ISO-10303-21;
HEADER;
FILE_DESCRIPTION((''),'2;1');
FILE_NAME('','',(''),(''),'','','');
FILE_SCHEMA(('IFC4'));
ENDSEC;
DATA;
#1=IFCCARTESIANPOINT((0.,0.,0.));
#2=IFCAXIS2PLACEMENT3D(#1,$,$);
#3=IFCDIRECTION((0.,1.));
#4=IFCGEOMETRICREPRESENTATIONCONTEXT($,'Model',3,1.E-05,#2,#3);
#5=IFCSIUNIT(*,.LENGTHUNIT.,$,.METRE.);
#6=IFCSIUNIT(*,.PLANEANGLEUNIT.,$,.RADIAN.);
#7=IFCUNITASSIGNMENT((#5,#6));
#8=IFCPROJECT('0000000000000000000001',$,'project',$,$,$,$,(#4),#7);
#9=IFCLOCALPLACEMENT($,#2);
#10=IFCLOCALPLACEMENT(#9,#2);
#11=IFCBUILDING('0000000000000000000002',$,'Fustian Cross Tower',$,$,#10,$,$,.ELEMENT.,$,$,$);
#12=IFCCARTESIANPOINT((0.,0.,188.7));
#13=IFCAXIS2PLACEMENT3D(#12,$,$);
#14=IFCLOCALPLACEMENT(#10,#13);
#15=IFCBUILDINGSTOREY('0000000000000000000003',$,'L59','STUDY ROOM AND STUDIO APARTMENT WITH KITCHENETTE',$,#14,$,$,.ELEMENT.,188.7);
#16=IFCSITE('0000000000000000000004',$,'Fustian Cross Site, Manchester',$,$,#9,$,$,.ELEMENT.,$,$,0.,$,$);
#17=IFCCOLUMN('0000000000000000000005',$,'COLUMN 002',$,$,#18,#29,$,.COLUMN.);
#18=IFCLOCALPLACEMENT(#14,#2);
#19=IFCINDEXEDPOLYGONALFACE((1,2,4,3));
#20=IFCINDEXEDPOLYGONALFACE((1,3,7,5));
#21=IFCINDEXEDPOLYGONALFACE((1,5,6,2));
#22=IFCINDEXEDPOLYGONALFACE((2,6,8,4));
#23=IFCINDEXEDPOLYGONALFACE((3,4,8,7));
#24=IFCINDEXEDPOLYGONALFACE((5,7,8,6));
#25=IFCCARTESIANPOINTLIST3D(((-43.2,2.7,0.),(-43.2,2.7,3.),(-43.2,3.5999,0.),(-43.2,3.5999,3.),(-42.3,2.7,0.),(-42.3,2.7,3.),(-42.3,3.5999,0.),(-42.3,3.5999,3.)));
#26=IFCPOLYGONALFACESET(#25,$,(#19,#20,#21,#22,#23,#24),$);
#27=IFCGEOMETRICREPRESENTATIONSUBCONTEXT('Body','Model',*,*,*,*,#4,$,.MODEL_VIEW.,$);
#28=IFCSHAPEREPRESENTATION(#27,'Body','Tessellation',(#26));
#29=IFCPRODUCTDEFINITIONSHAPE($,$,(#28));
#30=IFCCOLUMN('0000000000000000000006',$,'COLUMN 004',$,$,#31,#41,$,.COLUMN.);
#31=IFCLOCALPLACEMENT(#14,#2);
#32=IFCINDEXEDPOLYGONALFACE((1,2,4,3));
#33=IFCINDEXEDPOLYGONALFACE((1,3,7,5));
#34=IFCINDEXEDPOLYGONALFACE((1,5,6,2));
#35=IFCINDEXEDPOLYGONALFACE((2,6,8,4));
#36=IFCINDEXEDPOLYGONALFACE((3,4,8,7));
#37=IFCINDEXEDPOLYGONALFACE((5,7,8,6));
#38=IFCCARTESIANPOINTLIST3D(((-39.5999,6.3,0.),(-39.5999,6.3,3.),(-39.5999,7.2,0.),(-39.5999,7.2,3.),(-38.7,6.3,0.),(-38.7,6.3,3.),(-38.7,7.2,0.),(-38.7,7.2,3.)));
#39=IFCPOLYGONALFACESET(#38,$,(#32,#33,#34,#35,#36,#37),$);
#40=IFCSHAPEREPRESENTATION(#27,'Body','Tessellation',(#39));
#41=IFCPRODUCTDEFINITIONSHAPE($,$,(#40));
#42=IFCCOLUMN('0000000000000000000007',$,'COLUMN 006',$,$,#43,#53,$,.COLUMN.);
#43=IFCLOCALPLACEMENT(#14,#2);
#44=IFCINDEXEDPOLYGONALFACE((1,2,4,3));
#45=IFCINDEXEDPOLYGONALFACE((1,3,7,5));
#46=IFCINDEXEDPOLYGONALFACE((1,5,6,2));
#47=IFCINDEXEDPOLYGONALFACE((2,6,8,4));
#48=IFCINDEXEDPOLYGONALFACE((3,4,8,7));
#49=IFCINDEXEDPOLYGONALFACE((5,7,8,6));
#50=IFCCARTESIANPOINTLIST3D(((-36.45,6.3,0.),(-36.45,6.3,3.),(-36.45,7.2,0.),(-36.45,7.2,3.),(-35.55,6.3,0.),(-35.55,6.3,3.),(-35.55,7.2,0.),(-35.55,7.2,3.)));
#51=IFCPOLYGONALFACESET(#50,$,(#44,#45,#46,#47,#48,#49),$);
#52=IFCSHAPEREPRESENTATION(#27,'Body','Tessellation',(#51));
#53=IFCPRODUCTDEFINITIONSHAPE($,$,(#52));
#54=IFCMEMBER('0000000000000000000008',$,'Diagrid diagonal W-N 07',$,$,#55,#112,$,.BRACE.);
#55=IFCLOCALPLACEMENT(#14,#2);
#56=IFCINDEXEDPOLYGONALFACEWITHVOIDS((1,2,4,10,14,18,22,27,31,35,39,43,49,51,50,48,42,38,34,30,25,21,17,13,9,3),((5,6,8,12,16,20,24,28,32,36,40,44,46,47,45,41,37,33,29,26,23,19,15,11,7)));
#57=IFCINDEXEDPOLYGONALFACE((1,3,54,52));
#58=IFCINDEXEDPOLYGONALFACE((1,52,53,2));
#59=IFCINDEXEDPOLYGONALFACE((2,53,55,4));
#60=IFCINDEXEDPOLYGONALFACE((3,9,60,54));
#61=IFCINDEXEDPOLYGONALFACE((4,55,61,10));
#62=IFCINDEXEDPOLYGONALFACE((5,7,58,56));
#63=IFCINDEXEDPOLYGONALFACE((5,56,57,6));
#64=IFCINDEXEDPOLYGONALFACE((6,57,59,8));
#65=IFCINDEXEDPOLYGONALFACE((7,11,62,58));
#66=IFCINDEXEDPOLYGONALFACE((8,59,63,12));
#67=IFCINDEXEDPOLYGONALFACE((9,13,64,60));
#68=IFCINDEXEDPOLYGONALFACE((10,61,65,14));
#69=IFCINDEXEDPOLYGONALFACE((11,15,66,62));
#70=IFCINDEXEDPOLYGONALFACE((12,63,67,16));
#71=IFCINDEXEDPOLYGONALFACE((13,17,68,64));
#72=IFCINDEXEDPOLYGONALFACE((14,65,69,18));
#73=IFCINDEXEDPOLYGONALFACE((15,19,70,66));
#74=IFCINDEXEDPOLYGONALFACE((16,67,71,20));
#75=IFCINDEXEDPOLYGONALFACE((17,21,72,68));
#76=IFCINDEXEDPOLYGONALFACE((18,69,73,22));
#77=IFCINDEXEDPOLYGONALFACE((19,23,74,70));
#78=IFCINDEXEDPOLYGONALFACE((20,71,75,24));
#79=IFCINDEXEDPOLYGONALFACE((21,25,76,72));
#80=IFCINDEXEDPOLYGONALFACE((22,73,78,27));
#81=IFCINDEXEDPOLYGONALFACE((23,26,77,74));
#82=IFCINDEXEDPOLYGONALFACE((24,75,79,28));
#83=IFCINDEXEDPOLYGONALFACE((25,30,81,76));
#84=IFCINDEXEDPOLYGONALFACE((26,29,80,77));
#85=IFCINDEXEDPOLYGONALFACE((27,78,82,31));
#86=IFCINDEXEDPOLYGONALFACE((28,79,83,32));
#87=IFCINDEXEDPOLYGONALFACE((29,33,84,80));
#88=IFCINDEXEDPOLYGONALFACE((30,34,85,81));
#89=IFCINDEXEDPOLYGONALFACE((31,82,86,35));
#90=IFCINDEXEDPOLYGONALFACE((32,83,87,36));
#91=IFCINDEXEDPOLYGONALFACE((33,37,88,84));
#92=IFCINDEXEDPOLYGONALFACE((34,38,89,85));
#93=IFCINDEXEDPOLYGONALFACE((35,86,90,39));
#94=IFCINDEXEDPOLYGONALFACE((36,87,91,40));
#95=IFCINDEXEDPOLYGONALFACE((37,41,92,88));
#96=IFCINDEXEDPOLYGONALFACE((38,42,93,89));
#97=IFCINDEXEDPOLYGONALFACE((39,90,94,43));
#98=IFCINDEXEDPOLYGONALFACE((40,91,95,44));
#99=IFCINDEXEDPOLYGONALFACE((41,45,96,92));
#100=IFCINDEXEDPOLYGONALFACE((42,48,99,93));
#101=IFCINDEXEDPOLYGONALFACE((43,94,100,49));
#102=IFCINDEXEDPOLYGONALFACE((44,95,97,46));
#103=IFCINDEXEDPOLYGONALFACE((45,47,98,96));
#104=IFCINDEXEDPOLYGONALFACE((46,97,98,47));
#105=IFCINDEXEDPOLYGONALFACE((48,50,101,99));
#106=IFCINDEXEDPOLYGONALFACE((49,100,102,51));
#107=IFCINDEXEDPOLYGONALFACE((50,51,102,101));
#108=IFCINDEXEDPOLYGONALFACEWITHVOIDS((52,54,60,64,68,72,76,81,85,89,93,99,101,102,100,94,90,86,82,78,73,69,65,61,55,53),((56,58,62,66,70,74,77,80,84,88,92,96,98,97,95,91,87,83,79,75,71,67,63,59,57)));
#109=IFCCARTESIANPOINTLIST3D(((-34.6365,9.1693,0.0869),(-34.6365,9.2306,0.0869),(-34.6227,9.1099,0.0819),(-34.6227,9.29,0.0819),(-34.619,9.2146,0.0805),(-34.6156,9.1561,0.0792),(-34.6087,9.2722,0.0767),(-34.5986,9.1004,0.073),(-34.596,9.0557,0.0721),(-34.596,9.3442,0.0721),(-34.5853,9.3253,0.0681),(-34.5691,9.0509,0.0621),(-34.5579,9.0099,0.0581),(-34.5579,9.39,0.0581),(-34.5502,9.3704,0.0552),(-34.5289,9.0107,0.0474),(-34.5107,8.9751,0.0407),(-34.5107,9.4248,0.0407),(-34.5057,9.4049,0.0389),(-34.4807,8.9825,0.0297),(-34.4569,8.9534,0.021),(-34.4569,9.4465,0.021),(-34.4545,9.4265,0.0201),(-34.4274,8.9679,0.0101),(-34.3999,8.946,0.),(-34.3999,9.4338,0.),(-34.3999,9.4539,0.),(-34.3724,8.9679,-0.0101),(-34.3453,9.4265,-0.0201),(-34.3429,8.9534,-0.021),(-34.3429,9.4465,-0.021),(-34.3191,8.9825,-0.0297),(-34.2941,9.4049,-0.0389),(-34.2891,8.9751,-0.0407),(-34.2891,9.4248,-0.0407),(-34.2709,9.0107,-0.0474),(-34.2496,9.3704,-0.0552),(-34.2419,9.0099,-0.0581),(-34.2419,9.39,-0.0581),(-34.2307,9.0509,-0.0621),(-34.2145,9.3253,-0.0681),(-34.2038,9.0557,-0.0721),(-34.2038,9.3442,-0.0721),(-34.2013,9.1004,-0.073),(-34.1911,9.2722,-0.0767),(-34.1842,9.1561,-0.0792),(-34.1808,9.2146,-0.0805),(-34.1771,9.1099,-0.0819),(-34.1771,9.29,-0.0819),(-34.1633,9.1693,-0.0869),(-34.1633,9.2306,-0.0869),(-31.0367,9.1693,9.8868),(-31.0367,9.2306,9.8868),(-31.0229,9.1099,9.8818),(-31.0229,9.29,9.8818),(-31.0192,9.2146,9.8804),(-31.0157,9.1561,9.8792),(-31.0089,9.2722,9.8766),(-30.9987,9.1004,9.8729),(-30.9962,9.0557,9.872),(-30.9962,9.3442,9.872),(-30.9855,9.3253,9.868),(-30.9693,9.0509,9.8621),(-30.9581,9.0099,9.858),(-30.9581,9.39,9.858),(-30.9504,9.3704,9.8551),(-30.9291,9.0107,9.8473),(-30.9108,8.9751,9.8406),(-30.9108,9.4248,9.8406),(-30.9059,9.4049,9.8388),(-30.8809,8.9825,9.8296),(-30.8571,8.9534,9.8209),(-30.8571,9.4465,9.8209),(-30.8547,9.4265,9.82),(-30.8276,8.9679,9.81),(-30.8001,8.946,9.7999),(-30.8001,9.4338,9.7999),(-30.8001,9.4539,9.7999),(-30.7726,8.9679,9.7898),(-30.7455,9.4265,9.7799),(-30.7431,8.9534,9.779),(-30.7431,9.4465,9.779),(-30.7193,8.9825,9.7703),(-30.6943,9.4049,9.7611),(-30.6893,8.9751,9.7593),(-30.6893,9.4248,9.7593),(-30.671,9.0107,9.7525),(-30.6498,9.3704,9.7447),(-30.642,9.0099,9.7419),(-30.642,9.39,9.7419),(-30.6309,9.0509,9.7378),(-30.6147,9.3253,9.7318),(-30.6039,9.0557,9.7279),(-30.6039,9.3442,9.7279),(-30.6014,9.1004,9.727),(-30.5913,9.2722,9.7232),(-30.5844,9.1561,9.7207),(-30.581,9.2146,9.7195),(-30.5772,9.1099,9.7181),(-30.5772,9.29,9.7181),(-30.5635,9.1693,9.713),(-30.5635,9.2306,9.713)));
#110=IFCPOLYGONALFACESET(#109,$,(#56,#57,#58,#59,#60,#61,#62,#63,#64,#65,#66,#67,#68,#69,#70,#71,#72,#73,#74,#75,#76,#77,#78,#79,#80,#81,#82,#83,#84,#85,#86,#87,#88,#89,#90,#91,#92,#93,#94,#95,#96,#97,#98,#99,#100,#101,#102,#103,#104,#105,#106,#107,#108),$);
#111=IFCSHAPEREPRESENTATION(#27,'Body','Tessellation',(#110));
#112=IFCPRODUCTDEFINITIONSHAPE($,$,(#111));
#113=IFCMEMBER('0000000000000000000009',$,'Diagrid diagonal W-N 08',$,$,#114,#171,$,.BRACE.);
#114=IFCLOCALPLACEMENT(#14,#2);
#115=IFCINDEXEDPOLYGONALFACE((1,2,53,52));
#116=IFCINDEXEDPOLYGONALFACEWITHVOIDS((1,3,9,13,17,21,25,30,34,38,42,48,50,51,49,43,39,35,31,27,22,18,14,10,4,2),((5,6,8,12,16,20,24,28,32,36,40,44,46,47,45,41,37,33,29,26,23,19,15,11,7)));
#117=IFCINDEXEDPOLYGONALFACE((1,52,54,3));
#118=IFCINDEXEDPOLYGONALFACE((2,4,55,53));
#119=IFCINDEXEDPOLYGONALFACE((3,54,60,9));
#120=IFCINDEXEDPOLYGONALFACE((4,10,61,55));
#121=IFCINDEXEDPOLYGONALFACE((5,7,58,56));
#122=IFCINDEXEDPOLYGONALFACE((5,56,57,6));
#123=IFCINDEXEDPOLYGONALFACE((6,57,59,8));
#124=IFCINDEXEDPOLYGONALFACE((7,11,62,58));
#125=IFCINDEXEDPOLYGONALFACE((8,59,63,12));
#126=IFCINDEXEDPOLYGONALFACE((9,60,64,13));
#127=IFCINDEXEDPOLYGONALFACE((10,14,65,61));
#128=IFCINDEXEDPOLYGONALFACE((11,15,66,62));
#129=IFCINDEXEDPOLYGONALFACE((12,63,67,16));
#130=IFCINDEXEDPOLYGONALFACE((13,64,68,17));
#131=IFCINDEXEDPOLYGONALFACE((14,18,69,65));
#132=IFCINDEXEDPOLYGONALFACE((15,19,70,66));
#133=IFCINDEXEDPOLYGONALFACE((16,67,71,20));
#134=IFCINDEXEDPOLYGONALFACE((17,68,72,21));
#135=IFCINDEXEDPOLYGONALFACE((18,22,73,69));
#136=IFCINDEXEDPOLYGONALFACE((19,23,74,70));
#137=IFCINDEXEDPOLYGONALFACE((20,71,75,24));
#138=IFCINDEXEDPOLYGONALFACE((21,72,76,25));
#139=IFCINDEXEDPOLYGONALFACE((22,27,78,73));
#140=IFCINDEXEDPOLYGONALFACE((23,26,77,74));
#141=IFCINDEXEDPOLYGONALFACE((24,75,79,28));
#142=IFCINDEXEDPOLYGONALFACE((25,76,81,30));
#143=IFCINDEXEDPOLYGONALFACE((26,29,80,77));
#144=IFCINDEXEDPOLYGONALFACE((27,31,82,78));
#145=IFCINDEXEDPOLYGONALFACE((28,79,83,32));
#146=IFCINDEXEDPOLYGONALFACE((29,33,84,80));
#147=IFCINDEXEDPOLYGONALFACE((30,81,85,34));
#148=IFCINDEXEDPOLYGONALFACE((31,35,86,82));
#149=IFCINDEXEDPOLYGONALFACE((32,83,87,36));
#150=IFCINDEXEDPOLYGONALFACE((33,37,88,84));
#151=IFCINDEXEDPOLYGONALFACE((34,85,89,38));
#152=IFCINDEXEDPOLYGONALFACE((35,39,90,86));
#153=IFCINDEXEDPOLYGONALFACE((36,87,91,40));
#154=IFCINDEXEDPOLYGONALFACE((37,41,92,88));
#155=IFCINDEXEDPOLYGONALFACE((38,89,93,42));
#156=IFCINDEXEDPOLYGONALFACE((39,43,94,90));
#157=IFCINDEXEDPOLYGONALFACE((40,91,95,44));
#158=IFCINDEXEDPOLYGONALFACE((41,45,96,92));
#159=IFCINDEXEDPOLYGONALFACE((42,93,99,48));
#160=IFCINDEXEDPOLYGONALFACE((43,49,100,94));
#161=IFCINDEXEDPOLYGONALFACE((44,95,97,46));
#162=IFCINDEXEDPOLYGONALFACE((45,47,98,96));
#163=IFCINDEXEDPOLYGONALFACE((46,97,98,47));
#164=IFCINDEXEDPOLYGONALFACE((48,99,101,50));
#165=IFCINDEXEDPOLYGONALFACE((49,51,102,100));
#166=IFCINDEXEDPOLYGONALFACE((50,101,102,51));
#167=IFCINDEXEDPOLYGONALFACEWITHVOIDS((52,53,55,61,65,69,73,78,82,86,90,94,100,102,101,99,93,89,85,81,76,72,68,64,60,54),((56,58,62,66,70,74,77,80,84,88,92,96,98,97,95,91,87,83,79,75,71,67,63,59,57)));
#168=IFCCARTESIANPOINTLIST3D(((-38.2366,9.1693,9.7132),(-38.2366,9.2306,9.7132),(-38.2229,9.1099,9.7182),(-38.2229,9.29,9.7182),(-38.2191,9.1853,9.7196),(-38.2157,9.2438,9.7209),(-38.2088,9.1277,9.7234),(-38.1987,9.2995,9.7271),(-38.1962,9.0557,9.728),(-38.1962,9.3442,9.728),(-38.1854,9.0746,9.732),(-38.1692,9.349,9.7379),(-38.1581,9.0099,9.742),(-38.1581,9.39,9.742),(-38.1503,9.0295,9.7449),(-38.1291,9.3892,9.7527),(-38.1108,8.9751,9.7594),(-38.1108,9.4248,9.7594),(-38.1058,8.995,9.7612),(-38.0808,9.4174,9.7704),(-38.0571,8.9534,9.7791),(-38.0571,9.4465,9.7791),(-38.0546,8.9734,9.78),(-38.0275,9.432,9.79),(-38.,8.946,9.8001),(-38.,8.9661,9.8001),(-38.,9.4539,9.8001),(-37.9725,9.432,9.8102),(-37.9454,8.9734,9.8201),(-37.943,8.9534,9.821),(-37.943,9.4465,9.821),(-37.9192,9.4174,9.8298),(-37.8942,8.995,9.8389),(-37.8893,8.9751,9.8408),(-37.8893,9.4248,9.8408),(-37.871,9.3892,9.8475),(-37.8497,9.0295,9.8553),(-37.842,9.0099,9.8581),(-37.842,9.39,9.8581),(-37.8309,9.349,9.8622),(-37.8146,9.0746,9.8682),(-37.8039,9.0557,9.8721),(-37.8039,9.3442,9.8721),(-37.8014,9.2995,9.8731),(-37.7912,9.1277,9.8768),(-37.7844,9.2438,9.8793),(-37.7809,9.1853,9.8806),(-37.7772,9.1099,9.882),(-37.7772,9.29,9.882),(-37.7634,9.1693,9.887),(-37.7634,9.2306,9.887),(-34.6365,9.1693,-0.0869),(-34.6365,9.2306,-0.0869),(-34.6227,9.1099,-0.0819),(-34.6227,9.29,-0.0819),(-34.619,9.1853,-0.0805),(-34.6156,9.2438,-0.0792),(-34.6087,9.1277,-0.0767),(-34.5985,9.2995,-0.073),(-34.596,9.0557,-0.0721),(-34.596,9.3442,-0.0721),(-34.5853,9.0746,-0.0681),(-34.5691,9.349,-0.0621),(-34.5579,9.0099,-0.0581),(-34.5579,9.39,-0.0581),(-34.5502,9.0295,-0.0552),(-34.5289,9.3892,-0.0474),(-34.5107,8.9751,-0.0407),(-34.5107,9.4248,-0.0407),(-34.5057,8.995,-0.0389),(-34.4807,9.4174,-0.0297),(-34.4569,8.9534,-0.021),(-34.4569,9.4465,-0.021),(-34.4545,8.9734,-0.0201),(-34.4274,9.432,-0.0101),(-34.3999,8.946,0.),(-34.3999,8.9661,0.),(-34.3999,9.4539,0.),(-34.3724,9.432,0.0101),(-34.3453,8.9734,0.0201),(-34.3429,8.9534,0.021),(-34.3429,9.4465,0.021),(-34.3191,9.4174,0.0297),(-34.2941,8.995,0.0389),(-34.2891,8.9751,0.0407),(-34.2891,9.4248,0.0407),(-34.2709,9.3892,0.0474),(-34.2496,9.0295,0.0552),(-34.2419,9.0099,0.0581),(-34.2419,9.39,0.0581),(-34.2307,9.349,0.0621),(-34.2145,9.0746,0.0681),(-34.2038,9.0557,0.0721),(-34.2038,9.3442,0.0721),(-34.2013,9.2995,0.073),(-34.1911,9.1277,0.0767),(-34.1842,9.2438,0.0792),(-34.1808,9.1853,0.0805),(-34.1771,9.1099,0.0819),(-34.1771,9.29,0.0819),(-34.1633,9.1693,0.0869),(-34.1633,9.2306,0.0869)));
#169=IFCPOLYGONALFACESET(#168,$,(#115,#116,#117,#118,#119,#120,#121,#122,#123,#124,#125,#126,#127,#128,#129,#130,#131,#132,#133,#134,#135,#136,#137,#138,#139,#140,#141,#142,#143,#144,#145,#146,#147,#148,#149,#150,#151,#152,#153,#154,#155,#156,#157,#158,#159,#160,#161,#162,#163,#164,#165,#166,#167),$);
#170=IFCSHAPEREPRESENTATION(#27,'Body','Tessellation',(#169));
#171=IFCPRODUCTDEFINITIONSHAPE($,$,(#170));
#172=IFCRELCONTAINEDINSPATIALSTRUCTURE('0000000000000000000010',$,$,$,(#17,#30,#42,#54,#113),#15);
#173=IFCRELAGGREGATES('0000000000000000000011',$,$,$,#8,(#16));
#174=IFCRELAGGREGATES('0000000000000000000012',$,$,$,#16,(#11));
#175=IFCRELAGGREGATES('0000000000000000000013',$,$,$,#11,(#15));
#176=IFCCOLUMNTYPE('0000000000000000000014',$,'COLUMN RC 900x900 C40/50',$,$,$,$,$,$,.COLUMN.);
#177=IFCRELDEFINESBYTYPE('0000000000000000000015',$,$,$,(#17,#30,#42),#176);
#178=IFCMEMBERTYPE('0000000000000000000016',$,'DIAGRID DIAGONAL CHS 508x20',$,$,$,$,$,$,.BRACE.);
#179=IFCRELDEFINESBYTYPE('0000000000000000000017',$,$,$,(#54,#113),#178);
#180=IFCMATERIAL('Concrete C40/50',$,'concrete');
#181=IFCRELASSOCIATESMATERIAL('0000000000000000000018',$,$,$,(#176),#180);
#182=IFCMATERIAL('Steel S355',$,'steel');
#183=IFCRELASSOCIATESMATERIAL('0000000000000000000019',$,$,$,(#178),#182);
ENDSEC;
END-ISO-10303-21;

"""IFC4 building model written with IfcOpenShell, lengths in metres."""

from ifc_helpers import new_model, si_unit, direction, frame, origin, origin_2d, place, context, subcontext, project, spatial, rectangle, hollow_circle, extrude, material, material_profile, profile_set, type_object, element, save


model = new_model("IFC4")

# Units and contexts
model_context = context("Model", 3, precision=1e-05, world=origin(), true_north=direction((0.0, 1.0)))
body_context = subcontext(model_context, "Body", "Model", "MODEL_VIEW")
ifc_project = project(units=[si_unit("LENGTHUNIT", "METRE"), si_unit("PLANEANGLEUNIT", "RADIAN")], contexts=[model_context])

# Site, building, storey
site_placement = place(None, origin())
site = spatial("IfcSite", under=ifc_project, at=site_placement, Name="Fustian Cross Site, Manchester", CompositionType="ELEMENT", RefElevation=0.0)
building_placement = place(site_placement, origin())
building = spatial("IfcBuilding", under=site, at=building_placement, Name="Fustian Cross Tower", CompositionType="ELEMENT")
storey_placement = place(building_placement, frame((0.0, 0.0, 188.7)))
storey = spatial("IfcBuildingStorey", under=building, at=storey_placement, Name="L59", Description="STUDY ROOM AND STUDIO APARTMENT WITH KITCHENETTE", CompositionType="ELEMENT", Elevation=188.7)

# Columns
ifc_material_1 = material(Name="Concrete C40/50", Category="concrete")
ifc_material_profile_1 = material_profile(ifc_material_1, rectangle(XDim=0.8999, YDim=0.8999, at=origin_2d()), Name="RC 900x900")
ifc_profile_set_1 = profile_set([ifc_material_profile_1], Name="Concrete C40/50")
column_type = type_object("IfcColumnType", Name="COLUMN RC 900x900 C40/50", PredefinedType="COLUMN", material=ifc_profile_set_1)
for number, where, z_axis, x_axis, name in (
    (1, (-42.75, 3.1499, 0.0), (0.0, 0.0, 1.0), (1.0, 0.0, 0.0), "COLUMN 002"),
    (2, (-39.1499, 6.75, 0.0), (0.0, 0.0, 1.0), (1.0, 0.0, 0.0), "COLUMN 004"),
    (3, (-36.0, 6.75, 0.0), (0.0, 0.0, 1.0), (1.0, 0.0, 0.0), "COLUMN 006"),
):
    element("IfcColumn", number, at=place(storey_placement, frame(where, z_axis=z_axis, x_axis=x_axis)), inside=storey, type_object=column_type, Name=name, PredefinedType="COLUMN", context=body_context, shape_type="SweptSolid", body=[
        extrude(rectangle(XDim=0.8999, YDim=0.8999, at=origin_2d()), origin(), (0.0, 0.0, 1.0), 3.0),
    ])

# Members
ifc_material_2 = material(Name="Steel S355", Category="steel")
ifc_material_profile_2 = material_profile(ifc_material_2, hollow_circle(Radius=0.2539, WallThickness=0.02, at=origin_2d()), Name="CHS 508x20")
ifc_profile_set_2 = profile_set([ifc_material_profile_2], Name="Steel S355")
member_type_1 = type_object("IfcMemberType", Name="DIAGRID DIAGONAL CHS 508x20", PredefinedType="BRACE", material=ifc_profile_set_2)
member_1_placement = place(storey_placement, frame((-34.3999, 9.2, 0.0), z_axis=(0.344804, 0.0, 0.938675), x_axis=(0.0, 1.0, 0.0)))
element("IfcMember", 4, at=member_1_placement, inside=storey, type_object=member_type_1, Name="Diagrid diagonal W-N 07", PredefinedType="BRACE", context=body_context, shape_type="SweptSolid", body=[
    extrude(hollow_circle(Radius=0.2539, WallThickness=0.02, at=origin_2d()), origin(), (0.0, 0.0, 1.0), 10.4402),
])
for number, where, z_axis, x_axis, name in (
    (5, (-34.3999, 9.2, 0.0), (-0.344824, 0.0, 0.938667), (0.0, -1.0, 0.0), "Diagrid diagonal W-N 08"),
):
    element("IfcMember", number, at=place(storey_placement, frame(where, z_axis=z_axis, x_axis=x_axis)), inside=storey, type_object=member_type_1, Name=name, PredefinedType="BRACE", context=body_context, shape_type="SweptSolid", body=[
        extrude(hollow_circle(Radius=0.2539, WallThickness=0.02, at=origin_2d()), origin(), (0.0, 0.0, 1.0), 10.4404),
    ])

save(model, "model.ifc")
